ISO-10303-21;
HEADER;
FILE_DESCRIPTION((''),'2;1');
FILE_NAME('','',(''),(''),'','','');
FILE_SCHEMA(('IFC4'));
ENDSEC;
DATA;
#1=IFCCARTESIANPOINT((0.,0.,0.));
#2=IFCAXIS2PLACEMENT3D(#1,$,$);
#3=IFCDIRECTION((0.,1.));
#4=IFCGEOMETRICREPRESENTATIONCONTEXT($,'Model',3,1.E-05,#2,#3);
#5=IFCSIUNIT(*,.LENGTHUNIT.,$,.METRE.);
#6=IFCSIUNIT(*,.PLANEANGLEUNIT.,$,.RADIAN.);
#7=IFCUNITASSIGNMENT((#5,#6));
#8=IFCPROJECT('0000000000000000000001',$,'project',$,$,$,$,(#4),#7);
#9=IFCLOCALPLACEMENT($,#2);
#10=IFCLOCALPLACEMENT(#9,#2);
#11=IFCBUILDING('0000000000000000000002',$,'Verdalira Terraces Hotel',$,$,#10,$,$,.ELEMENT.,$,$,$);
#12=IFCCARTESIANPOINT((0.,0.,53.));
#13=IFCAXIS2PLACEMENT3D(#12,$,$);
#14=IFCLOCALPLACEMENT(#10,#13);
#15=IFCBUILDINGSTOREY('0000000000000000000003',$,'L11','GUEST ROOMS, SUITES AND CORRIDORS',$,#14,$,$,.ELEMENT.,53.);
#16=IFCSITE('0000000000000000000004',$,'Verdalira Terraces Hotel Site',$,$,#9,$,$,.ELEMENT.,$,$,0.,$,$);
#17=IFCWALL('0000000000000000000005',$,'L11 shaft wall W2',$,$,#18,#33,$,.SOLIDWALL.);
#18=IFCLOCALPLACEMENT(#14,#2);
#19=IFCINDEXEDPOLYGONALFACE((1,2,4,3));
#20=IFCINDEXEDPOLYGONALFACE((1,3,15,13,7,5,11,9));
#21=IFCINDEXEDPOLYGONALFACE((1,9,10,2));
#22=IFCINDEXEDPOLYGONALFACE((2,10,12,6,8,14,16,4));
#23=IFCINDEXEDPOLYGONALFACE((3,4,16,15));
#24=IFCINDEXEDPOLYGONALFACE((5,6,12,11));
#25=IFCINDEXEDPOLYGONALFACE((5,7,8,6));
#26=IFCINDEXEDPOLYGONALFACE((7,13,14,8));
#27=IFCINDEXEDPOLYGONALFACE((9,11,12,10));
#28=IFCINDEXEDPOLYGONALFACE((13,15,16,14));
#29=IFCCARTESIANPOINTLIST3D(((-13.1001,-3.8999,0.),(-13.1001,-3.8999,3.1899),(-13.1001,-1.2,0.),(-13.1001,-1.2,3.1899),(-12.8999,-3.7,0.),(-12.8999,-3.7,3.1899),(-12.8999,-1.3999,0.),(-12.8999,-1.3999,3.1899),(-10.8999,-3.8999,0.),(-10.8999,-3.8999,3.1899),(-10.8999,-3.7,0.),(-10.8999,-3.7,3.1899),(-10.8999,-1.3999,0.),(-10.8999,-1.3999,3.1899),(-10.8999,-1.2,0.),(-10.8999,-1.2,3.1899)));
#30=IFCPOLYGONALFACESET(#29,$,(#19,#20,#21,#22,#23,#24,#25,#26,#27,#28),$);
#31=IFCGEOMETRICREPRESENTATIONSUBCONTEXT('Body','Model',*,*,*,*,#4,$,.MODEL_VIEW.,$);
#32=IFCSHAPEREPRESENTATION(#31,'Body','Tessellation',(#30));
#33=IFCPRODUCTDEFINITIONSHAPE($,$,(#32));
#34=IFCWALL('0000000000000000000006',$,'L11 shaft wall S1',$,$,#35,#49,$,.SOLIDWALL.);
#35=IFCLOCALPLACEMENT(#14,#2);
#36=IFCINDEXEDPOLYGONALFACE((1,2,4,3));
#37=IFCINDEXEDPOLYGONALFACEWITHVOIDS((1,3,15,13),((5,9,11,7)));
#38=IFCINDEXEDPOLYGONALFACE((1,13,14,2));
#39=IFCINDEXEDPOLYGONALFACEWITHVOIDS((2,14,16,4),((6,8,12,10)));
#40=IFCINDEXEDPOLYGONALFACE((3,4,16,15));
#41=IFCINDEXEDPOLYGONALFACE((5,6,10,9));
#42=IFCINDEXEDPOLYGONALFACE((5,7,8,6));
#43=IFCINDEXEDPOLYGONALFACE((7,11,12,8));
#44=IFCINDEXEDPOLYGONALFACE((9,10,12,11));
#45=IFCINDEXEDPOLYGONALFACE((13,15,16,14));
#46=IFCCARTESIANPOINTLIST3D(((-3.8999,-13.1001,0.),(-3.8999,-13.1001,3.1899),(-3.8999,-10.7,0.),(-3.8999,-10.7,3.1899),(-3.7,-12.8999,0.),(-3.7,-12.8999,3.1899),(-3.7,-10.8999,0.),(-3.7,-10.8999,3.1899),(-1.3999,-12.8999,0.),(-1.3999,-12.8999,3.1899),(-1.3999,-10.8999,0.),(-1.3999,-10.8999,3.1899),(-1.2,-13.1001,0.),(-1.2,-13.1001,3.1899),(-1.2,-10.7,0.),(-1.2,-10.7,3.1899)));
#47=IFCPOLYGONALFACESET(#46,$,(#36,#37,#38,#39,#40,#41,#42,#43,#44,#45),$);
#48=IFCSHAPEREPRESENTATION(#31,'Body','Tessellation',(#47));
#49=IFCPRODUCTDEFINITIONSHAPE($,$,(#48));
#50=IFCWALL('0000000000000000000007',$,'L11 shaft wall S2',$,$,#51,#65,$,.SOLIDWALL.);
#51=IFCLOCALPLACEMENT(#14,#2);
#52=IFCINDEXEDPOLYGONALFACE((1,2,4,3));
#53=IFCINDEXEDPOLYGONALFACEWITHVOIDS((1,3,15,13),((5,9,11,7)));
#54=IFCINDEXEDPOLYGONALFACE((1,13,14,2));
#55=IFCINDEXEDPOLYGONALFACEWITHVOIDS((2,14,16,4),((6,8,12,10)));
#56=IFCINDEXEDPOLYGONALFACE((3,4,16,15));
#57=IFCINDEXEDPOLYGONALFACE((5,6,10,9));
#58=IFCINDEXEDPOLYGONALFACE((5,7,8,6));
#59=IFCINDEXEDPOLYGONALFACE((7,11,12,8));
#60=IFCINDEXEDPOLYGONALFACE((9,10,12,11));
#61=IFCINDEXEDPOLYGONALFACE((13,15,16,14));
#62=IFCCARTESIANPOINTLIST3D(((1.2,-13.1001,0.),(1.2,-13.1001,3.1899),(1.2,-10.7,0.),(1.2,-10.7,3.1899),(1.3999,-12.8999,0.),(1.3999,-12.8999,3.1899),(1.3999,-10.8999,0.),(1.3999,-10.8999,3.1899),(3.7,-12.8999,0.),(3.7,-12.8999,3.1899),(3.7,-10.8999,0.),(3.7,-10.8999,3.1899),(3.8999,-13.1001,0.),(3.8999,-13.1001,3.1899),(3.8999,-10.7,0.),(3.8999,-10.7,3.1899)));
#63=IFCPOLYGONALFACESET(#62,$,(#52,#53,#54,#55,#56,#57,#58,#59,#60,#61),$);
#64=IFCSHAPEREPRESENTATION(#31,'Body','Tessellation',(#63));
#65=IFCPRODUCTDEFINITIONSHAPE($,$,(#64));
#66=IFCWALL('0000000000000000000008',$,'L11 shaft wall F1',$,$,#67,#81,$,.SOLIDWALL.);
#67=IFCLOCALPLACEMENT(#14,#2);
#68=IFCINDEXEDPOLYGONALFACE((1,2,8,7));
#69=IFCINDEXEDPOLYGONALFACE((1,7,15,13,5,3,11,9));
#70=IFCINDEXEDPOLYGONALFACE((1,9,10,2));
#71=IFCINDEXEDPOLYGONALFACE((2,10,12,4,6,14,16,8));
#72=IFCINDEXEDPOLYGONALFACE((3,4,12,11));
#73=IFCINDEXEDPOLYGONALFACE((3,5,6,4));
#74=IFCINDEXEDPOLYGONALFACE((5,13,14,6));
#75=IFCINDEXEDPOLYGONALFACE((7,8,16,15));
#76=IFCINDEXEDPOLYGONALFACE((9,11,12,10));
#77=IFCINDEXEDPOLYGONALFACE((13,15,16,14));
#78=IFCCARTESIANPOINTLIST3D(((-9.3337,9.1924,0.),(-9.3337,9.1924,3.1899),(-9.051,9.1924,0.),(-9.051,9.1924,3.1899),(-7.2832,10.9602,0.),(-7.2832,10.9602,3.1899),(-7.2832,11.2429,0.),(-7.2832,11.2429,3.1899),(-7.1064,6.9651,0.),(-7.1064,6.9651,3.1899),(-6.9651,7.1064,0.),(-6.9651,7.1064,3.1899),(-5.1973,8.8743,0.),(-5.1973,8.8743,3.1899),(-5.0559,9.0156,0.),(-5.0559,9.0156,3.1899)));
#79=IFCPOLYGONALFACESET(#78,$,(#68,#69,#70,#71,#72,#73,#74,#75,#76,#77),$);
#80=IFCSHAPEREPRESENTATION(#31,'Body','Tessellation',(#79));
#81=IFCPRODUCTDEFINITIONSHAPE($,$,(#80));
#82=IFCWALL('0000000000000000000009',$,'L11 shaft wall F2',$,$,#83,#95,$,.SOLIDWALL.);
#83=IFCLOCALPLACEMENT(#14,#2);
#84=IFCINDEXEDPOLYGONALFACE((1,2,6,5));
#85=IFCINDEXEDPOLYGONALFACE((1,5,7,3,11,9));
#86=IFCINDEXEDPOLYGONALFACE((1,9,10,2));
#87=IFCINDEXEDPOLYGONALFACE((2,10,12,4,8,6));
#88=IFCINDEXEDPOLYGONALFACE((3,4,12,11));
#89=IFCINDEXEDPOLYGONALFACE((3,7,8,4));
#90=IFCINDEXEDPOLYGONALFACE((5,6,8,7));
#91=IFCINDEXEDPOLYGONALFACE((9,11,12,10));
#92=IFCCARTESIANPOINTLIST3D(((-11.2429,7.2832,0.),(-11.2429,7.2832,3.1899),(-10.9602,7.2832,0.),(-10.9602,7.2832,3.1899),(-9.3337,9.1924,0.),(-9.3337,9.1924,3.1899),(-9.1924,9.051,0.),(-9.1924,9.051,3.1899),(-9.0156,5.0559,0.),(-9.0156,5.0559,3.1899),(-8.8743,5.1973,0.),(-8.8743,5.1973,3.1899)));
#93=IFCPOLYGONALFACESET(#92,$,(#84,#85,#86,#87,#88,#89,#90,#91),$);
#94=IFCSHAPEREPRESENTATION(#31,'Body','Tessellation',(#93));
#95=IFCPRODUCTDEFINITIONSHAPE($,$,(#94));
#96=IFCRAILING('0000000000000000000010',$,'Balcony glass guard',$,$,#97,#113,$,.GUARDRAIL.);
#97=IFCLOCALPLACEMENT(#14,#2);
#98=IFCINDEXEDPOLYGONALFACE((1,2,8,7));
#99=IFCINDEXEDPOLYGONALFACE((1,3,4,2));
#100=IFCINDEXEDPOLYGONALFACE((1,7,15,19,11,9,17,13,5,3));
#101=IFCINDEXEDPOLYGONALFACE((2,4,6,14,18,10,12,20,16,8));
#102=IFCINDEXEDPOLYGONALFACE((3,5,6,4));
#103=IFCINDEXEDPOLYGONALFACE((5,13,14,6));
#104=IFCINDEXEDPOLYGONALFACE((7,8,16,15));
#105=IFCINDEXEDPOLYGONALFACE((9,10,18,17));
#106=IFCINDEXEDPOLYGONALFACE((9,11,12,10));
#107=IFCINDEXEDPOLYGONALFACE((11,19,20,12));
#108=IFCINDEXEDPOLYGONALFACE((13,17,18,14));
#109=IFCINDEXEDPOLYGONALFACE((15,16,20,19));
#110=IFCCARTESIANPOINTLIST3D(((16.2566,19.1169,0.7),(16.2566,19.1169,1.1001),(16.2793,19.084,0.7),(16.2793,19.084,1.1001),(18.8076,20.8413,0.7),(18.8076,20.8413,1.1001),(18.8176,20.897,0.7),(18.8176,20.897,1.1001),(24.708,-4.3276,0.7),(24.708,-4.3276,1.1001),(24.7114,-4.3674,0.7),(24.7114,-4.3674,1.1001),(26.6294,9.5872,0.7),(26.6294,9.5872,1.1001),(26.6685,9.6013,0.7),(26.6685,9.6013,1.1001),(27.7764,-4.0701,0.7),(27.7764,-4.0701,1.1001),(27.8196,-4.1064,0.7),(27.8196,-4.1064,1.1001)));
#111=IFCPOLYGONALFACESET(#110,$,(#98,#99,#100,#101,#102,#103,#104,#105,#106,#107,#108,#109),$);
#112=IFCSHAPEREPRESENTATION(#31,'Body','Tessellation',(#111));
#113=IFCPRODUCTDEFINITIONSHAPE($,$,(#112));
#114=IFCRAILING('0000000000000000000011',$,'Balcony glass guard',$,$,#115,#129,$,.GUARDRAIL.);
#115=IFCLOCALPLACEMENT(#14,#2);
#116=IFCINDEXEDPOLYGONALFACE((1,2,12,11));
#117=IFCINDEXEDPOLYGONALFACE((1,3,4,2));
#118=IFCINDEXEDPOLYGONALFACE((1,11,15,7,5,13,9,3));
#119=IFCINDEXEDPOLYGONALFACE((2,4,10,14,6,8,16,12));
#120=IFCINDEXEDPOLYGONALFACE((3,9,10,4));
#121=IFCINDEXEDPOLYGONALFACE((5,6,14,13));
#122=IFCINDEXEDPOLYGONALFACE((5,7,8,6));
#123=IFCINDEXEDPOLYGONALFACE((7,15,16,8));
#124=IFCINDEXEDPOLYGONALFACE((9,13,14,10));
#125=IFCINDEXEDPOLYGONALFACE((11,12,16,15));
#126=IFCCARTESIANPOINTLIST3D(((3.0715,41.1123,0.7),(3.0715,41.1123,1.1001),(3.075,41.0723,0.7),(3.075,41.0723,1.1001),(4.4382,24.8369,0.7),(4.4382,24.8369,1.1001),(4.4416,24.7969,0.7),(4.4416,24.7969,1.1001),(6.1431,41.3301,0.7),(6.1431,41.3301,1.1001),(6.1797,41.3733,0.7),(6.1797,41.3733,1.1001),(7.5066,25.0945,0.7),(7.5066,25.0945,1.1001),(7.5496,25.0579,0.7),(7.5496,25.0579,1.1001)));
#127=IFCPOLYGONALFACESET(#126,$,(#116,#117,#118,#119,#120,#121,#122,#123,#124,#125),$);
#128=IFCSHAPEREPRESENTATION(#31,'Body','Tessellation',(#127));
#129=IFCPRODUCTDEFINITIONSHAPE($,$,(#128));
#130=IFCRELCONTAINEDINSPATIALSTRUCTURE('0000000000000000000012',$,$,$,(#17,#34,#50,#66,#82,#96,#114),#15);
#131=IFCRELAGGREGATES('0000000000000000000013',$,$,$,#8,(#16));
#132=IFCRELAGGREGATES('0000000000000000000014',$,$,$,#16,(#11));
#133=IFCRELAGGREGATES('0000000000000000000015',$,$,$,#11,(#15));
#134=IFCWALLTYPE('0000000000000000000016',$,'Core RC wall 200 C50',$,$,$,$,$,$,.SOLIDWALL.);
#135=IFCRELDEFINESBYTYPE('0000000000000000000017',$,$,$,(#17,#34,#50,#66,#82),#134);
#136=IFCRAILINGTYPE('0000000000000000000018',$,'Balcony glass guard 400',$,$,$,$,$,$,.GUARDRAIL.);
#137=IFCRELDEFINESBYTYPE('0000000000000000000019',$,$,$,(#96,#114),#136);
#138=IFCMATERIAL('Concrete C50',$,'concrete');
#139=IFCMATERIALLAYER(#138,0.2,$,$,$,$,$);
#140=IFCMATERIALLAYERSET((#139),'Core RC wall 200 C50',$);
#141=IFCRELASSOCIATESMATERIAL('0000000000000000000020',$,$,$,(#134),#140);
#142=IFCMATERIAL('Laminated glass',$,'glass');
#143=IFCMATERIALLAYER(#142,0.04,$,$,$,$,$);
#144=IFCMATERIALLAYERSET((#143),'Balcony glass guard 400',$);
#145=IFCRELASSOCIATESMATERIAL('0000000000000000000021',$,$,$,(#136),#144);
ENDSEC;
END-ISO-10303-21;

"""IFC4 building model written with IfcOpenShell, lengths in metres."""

from ifc_helpers import new_model, si_unit, direction, frame, origin, place, context, subcontext, project, spatial, polyline, outline, extrude, material, layer, layer_set, type_object, element, save


model = new_model("IFC4")

# Units and contexts
model_context = context("Model", 3, precision=1e-05, world=origin(), true_north=direction((0.0, 1.0)))
body_context = subcontext(model_context, "Body", "Model", "MODEL_VIEW")
ifc_project = project(units=[si_unit("LENGTHUNIT", "METRE"), si_unit("PLANEANGLEUNIT", "RADIAN")], contexts=[model_context])

# Site, building, storey
site_placement = place(None, origin())
site = spatial("IfcSite", under=ifc_project, at=site_placement, Name="Verdalira Terraces Hotel Site", CompositionType="ELEMENT", RefElevation=0.0)
building_placement = place(site_placement, origin())
building = spatial("IfcBuilding", under=site, at=building_placement, Name="Verdalira Terraces Hotel", CompositionType="ELEMENT")
storey_placement = place(building_placement, frame((0.0, 0.0, 53.0)))
storey = spatial("IfcBuildingStorey", under=building, at=storey_placement, Name="L11", Description="GUEST ROOMS, SUITES AND CORRIDORS", CompositionType="ELEMENT", Elevation=53.0)

# Walls
ifc_material_1 = material(Name="Concrete C50", Category="concrete")
ifc_layer_1 = layer(ifc_material_1, 0.2)
ifc_layer_set_1 = layer_set([ifc_layer_1], Name="Core RC wall 200 C50")
wall_type_1 = type_object("IfcWallType", Name="Core RC wall 200 C50", PredefinedType="SOLIDWALL", material=ifc_layer_set_1)
wall_1_placement = place(storey_placement, origin())
element("IfcWall", 1, at=wall_1_placement, inside=storey, type_object=wall_type_1, Name="L11 shaft wall W2", PredefinedType="SOLIDWALL", context=body_context, shape_type="SweptSolid", body=[
    extrude(outline(polyline([(-13.1001, -3.8999), (-13.1001, -1.2), (-10.8999, -1.2), (-10.8999, -1.3999), (-12.8999, -1.3999), (-12.8999, -3.7), (-10.8999, -3.7), (-10.8999, -3.8999), (-13.1001, -3.8999)])), origin(), (0.0, 0.0, 1.0), 3.1899),
])
wall_2_placement = place(storey_placement, origin())
element("IfcWall", 2, at=wall_2_placement, inside=storey, type_object=wall_type_1, Name="L11 shaft wall S1", PredefinedType="SOLIDWALL", context=body_context, shape_type="SweptSolid", body=[
    extrude(outline(polyline([(-1.2, -13.1001), (-3.8999, -13.1001), (-3.8999, -10.7), (-1.2, -10.7), (-1.2, -13.1001)]), holes=[polyline([(-3.7, -10.8999), (-3.7, -12.8999), (-1.3999, -12.8999), (-1.3999, -10.8999), (-3.7, -10.8999)])]), origin(), (0.0, 0.0, 1.0), 3.1899),
])
wall_3_placement = place(storey_placement, origin())
element("IfcWall", 3, at=wall_3_placement, inside=storey, type_object=wall_type_1, Name="L11 shaft wall S2", PredefinedType="SOLIDWALL", context=body_context, shape_type="SweptSolid", body=[
    extrude(outline(polyline([(3.8999, -10.7), (3.8999, -13.1001), (1.2, -13.1001), (1.2, -10.7), (3.8999, -10.7)]), holes=[polyline([(1.3999, -12.8999), (3.7, -12.8999), (3.7, -10.8999), (1.3999, -10.8999), (1.3999, -12.8999)])]), origin(), (0.0, 0.0, 1.0), 3.1899),
])
wall_4_placement = place(storey_placement, origin())
element("IfcWall", 4, at=wall_4_placement, inside=storey, type_object=wall_type_1, Name="L11 shaft wall F1", PredefinedType="SOLIDWALL", context=body_context, shape_type="SweptSolid", body=[
    extrude(outline(polyline([(-9.3337, 9.1924), (-7.2832, 11.2429), (-5.0559, 9.0156), (-5.1973, 8.8743), (-7.2832, 10.9602), (-9.051, 9.1924), (-6.9651, 7.1064), (-7.1064, 6.9651), (-9.3337, 9.1924)])), origin(), (0.0, 0.0, 1.0), 3.1899),
])
wall_5_placement = place(storey_placement, origin())
element("IfcWall", 5, at=wall_5_placement, inside=storey, type_object=wall_type_1, Name="L11 shaft wall F2", PredefinedType="SOLIDWALL", context=body_context, shape_type="SweptSolid", body=[
    extrude(outline(polyline([(-11.2429, 7.2832), (-9.3337, 9.1924), (-9.1924, 9.051), (-10.9602, 7.2832), (-8.8743, 5.1973), (-9.0156, 5.0559), (-11.2429, 7.2832)])), origin(), (0.0, 0.0, 1.0), 3.1899),
])

# Railings
ifc_material_2 = material(Name="Laminated glass", Category="glass")
ifc_layer_2 = layer(ifc_material_2, 0.04)
ifc_layer_set_2 = layer_set([ifc_layer_2], Name="Balcony glass guard 400")
railing_type = type_object("IfcRailingType", Name="Balcony glass guard 400", PredefinedType="GUARDRAIL", material=ifc_layer_set_2)
railing_1_placement = place(storey_placement, frame((0.0, 0.0, 0.7)))
element("IfcRailing", 6, at=railing_1_placement, inside=storey, type_object=railing_type, Name="Balcony glass guard", PredefinedType="GUARDRAIL", context=body_context, shape_type="SweptSolid", body=[
    extrude(outline(polyline([(27.7764, -4.0701), (26.6294, 9.5872), (18.8076, 20.8413), (16.2793, 19.084), (16.2566, 19.1169), (18.8176, 20.897), (26.6685, 9.6013), (27.8196, -4.1064), (24.7114, -4.3674), (24.708, -4.3276), (27.7764, -4.0701)])), origin(), (0.0, 0.0, 1.0), 0.4001),
])
railing_2_placement = place(storey_placement, frame((0.0, 0.0, 0.7)))
element("IfcRailing", 7, at=railing_2_placement, inside=storey, type_object=railing_type, Name="Balcony glass guard", PredefinedType="GUARDRAIL", context=body_context, shape_type="SweptSolid", body=[
    extrude(outline(polyline([(7.5066, 25.0945), (6.1431, 41.3301), (3.075, 41.0723), (3.0715, 41.1123), (6.1797, 41.3733), (7.5496, 25.0579), (4.4417, 24.7969), (4.4382, 24.8369), (7.5066, 25.0945)])), origin(), (0.0, 0.0, 1.0), 0.4001),
])

save(model, "model.ifc")
